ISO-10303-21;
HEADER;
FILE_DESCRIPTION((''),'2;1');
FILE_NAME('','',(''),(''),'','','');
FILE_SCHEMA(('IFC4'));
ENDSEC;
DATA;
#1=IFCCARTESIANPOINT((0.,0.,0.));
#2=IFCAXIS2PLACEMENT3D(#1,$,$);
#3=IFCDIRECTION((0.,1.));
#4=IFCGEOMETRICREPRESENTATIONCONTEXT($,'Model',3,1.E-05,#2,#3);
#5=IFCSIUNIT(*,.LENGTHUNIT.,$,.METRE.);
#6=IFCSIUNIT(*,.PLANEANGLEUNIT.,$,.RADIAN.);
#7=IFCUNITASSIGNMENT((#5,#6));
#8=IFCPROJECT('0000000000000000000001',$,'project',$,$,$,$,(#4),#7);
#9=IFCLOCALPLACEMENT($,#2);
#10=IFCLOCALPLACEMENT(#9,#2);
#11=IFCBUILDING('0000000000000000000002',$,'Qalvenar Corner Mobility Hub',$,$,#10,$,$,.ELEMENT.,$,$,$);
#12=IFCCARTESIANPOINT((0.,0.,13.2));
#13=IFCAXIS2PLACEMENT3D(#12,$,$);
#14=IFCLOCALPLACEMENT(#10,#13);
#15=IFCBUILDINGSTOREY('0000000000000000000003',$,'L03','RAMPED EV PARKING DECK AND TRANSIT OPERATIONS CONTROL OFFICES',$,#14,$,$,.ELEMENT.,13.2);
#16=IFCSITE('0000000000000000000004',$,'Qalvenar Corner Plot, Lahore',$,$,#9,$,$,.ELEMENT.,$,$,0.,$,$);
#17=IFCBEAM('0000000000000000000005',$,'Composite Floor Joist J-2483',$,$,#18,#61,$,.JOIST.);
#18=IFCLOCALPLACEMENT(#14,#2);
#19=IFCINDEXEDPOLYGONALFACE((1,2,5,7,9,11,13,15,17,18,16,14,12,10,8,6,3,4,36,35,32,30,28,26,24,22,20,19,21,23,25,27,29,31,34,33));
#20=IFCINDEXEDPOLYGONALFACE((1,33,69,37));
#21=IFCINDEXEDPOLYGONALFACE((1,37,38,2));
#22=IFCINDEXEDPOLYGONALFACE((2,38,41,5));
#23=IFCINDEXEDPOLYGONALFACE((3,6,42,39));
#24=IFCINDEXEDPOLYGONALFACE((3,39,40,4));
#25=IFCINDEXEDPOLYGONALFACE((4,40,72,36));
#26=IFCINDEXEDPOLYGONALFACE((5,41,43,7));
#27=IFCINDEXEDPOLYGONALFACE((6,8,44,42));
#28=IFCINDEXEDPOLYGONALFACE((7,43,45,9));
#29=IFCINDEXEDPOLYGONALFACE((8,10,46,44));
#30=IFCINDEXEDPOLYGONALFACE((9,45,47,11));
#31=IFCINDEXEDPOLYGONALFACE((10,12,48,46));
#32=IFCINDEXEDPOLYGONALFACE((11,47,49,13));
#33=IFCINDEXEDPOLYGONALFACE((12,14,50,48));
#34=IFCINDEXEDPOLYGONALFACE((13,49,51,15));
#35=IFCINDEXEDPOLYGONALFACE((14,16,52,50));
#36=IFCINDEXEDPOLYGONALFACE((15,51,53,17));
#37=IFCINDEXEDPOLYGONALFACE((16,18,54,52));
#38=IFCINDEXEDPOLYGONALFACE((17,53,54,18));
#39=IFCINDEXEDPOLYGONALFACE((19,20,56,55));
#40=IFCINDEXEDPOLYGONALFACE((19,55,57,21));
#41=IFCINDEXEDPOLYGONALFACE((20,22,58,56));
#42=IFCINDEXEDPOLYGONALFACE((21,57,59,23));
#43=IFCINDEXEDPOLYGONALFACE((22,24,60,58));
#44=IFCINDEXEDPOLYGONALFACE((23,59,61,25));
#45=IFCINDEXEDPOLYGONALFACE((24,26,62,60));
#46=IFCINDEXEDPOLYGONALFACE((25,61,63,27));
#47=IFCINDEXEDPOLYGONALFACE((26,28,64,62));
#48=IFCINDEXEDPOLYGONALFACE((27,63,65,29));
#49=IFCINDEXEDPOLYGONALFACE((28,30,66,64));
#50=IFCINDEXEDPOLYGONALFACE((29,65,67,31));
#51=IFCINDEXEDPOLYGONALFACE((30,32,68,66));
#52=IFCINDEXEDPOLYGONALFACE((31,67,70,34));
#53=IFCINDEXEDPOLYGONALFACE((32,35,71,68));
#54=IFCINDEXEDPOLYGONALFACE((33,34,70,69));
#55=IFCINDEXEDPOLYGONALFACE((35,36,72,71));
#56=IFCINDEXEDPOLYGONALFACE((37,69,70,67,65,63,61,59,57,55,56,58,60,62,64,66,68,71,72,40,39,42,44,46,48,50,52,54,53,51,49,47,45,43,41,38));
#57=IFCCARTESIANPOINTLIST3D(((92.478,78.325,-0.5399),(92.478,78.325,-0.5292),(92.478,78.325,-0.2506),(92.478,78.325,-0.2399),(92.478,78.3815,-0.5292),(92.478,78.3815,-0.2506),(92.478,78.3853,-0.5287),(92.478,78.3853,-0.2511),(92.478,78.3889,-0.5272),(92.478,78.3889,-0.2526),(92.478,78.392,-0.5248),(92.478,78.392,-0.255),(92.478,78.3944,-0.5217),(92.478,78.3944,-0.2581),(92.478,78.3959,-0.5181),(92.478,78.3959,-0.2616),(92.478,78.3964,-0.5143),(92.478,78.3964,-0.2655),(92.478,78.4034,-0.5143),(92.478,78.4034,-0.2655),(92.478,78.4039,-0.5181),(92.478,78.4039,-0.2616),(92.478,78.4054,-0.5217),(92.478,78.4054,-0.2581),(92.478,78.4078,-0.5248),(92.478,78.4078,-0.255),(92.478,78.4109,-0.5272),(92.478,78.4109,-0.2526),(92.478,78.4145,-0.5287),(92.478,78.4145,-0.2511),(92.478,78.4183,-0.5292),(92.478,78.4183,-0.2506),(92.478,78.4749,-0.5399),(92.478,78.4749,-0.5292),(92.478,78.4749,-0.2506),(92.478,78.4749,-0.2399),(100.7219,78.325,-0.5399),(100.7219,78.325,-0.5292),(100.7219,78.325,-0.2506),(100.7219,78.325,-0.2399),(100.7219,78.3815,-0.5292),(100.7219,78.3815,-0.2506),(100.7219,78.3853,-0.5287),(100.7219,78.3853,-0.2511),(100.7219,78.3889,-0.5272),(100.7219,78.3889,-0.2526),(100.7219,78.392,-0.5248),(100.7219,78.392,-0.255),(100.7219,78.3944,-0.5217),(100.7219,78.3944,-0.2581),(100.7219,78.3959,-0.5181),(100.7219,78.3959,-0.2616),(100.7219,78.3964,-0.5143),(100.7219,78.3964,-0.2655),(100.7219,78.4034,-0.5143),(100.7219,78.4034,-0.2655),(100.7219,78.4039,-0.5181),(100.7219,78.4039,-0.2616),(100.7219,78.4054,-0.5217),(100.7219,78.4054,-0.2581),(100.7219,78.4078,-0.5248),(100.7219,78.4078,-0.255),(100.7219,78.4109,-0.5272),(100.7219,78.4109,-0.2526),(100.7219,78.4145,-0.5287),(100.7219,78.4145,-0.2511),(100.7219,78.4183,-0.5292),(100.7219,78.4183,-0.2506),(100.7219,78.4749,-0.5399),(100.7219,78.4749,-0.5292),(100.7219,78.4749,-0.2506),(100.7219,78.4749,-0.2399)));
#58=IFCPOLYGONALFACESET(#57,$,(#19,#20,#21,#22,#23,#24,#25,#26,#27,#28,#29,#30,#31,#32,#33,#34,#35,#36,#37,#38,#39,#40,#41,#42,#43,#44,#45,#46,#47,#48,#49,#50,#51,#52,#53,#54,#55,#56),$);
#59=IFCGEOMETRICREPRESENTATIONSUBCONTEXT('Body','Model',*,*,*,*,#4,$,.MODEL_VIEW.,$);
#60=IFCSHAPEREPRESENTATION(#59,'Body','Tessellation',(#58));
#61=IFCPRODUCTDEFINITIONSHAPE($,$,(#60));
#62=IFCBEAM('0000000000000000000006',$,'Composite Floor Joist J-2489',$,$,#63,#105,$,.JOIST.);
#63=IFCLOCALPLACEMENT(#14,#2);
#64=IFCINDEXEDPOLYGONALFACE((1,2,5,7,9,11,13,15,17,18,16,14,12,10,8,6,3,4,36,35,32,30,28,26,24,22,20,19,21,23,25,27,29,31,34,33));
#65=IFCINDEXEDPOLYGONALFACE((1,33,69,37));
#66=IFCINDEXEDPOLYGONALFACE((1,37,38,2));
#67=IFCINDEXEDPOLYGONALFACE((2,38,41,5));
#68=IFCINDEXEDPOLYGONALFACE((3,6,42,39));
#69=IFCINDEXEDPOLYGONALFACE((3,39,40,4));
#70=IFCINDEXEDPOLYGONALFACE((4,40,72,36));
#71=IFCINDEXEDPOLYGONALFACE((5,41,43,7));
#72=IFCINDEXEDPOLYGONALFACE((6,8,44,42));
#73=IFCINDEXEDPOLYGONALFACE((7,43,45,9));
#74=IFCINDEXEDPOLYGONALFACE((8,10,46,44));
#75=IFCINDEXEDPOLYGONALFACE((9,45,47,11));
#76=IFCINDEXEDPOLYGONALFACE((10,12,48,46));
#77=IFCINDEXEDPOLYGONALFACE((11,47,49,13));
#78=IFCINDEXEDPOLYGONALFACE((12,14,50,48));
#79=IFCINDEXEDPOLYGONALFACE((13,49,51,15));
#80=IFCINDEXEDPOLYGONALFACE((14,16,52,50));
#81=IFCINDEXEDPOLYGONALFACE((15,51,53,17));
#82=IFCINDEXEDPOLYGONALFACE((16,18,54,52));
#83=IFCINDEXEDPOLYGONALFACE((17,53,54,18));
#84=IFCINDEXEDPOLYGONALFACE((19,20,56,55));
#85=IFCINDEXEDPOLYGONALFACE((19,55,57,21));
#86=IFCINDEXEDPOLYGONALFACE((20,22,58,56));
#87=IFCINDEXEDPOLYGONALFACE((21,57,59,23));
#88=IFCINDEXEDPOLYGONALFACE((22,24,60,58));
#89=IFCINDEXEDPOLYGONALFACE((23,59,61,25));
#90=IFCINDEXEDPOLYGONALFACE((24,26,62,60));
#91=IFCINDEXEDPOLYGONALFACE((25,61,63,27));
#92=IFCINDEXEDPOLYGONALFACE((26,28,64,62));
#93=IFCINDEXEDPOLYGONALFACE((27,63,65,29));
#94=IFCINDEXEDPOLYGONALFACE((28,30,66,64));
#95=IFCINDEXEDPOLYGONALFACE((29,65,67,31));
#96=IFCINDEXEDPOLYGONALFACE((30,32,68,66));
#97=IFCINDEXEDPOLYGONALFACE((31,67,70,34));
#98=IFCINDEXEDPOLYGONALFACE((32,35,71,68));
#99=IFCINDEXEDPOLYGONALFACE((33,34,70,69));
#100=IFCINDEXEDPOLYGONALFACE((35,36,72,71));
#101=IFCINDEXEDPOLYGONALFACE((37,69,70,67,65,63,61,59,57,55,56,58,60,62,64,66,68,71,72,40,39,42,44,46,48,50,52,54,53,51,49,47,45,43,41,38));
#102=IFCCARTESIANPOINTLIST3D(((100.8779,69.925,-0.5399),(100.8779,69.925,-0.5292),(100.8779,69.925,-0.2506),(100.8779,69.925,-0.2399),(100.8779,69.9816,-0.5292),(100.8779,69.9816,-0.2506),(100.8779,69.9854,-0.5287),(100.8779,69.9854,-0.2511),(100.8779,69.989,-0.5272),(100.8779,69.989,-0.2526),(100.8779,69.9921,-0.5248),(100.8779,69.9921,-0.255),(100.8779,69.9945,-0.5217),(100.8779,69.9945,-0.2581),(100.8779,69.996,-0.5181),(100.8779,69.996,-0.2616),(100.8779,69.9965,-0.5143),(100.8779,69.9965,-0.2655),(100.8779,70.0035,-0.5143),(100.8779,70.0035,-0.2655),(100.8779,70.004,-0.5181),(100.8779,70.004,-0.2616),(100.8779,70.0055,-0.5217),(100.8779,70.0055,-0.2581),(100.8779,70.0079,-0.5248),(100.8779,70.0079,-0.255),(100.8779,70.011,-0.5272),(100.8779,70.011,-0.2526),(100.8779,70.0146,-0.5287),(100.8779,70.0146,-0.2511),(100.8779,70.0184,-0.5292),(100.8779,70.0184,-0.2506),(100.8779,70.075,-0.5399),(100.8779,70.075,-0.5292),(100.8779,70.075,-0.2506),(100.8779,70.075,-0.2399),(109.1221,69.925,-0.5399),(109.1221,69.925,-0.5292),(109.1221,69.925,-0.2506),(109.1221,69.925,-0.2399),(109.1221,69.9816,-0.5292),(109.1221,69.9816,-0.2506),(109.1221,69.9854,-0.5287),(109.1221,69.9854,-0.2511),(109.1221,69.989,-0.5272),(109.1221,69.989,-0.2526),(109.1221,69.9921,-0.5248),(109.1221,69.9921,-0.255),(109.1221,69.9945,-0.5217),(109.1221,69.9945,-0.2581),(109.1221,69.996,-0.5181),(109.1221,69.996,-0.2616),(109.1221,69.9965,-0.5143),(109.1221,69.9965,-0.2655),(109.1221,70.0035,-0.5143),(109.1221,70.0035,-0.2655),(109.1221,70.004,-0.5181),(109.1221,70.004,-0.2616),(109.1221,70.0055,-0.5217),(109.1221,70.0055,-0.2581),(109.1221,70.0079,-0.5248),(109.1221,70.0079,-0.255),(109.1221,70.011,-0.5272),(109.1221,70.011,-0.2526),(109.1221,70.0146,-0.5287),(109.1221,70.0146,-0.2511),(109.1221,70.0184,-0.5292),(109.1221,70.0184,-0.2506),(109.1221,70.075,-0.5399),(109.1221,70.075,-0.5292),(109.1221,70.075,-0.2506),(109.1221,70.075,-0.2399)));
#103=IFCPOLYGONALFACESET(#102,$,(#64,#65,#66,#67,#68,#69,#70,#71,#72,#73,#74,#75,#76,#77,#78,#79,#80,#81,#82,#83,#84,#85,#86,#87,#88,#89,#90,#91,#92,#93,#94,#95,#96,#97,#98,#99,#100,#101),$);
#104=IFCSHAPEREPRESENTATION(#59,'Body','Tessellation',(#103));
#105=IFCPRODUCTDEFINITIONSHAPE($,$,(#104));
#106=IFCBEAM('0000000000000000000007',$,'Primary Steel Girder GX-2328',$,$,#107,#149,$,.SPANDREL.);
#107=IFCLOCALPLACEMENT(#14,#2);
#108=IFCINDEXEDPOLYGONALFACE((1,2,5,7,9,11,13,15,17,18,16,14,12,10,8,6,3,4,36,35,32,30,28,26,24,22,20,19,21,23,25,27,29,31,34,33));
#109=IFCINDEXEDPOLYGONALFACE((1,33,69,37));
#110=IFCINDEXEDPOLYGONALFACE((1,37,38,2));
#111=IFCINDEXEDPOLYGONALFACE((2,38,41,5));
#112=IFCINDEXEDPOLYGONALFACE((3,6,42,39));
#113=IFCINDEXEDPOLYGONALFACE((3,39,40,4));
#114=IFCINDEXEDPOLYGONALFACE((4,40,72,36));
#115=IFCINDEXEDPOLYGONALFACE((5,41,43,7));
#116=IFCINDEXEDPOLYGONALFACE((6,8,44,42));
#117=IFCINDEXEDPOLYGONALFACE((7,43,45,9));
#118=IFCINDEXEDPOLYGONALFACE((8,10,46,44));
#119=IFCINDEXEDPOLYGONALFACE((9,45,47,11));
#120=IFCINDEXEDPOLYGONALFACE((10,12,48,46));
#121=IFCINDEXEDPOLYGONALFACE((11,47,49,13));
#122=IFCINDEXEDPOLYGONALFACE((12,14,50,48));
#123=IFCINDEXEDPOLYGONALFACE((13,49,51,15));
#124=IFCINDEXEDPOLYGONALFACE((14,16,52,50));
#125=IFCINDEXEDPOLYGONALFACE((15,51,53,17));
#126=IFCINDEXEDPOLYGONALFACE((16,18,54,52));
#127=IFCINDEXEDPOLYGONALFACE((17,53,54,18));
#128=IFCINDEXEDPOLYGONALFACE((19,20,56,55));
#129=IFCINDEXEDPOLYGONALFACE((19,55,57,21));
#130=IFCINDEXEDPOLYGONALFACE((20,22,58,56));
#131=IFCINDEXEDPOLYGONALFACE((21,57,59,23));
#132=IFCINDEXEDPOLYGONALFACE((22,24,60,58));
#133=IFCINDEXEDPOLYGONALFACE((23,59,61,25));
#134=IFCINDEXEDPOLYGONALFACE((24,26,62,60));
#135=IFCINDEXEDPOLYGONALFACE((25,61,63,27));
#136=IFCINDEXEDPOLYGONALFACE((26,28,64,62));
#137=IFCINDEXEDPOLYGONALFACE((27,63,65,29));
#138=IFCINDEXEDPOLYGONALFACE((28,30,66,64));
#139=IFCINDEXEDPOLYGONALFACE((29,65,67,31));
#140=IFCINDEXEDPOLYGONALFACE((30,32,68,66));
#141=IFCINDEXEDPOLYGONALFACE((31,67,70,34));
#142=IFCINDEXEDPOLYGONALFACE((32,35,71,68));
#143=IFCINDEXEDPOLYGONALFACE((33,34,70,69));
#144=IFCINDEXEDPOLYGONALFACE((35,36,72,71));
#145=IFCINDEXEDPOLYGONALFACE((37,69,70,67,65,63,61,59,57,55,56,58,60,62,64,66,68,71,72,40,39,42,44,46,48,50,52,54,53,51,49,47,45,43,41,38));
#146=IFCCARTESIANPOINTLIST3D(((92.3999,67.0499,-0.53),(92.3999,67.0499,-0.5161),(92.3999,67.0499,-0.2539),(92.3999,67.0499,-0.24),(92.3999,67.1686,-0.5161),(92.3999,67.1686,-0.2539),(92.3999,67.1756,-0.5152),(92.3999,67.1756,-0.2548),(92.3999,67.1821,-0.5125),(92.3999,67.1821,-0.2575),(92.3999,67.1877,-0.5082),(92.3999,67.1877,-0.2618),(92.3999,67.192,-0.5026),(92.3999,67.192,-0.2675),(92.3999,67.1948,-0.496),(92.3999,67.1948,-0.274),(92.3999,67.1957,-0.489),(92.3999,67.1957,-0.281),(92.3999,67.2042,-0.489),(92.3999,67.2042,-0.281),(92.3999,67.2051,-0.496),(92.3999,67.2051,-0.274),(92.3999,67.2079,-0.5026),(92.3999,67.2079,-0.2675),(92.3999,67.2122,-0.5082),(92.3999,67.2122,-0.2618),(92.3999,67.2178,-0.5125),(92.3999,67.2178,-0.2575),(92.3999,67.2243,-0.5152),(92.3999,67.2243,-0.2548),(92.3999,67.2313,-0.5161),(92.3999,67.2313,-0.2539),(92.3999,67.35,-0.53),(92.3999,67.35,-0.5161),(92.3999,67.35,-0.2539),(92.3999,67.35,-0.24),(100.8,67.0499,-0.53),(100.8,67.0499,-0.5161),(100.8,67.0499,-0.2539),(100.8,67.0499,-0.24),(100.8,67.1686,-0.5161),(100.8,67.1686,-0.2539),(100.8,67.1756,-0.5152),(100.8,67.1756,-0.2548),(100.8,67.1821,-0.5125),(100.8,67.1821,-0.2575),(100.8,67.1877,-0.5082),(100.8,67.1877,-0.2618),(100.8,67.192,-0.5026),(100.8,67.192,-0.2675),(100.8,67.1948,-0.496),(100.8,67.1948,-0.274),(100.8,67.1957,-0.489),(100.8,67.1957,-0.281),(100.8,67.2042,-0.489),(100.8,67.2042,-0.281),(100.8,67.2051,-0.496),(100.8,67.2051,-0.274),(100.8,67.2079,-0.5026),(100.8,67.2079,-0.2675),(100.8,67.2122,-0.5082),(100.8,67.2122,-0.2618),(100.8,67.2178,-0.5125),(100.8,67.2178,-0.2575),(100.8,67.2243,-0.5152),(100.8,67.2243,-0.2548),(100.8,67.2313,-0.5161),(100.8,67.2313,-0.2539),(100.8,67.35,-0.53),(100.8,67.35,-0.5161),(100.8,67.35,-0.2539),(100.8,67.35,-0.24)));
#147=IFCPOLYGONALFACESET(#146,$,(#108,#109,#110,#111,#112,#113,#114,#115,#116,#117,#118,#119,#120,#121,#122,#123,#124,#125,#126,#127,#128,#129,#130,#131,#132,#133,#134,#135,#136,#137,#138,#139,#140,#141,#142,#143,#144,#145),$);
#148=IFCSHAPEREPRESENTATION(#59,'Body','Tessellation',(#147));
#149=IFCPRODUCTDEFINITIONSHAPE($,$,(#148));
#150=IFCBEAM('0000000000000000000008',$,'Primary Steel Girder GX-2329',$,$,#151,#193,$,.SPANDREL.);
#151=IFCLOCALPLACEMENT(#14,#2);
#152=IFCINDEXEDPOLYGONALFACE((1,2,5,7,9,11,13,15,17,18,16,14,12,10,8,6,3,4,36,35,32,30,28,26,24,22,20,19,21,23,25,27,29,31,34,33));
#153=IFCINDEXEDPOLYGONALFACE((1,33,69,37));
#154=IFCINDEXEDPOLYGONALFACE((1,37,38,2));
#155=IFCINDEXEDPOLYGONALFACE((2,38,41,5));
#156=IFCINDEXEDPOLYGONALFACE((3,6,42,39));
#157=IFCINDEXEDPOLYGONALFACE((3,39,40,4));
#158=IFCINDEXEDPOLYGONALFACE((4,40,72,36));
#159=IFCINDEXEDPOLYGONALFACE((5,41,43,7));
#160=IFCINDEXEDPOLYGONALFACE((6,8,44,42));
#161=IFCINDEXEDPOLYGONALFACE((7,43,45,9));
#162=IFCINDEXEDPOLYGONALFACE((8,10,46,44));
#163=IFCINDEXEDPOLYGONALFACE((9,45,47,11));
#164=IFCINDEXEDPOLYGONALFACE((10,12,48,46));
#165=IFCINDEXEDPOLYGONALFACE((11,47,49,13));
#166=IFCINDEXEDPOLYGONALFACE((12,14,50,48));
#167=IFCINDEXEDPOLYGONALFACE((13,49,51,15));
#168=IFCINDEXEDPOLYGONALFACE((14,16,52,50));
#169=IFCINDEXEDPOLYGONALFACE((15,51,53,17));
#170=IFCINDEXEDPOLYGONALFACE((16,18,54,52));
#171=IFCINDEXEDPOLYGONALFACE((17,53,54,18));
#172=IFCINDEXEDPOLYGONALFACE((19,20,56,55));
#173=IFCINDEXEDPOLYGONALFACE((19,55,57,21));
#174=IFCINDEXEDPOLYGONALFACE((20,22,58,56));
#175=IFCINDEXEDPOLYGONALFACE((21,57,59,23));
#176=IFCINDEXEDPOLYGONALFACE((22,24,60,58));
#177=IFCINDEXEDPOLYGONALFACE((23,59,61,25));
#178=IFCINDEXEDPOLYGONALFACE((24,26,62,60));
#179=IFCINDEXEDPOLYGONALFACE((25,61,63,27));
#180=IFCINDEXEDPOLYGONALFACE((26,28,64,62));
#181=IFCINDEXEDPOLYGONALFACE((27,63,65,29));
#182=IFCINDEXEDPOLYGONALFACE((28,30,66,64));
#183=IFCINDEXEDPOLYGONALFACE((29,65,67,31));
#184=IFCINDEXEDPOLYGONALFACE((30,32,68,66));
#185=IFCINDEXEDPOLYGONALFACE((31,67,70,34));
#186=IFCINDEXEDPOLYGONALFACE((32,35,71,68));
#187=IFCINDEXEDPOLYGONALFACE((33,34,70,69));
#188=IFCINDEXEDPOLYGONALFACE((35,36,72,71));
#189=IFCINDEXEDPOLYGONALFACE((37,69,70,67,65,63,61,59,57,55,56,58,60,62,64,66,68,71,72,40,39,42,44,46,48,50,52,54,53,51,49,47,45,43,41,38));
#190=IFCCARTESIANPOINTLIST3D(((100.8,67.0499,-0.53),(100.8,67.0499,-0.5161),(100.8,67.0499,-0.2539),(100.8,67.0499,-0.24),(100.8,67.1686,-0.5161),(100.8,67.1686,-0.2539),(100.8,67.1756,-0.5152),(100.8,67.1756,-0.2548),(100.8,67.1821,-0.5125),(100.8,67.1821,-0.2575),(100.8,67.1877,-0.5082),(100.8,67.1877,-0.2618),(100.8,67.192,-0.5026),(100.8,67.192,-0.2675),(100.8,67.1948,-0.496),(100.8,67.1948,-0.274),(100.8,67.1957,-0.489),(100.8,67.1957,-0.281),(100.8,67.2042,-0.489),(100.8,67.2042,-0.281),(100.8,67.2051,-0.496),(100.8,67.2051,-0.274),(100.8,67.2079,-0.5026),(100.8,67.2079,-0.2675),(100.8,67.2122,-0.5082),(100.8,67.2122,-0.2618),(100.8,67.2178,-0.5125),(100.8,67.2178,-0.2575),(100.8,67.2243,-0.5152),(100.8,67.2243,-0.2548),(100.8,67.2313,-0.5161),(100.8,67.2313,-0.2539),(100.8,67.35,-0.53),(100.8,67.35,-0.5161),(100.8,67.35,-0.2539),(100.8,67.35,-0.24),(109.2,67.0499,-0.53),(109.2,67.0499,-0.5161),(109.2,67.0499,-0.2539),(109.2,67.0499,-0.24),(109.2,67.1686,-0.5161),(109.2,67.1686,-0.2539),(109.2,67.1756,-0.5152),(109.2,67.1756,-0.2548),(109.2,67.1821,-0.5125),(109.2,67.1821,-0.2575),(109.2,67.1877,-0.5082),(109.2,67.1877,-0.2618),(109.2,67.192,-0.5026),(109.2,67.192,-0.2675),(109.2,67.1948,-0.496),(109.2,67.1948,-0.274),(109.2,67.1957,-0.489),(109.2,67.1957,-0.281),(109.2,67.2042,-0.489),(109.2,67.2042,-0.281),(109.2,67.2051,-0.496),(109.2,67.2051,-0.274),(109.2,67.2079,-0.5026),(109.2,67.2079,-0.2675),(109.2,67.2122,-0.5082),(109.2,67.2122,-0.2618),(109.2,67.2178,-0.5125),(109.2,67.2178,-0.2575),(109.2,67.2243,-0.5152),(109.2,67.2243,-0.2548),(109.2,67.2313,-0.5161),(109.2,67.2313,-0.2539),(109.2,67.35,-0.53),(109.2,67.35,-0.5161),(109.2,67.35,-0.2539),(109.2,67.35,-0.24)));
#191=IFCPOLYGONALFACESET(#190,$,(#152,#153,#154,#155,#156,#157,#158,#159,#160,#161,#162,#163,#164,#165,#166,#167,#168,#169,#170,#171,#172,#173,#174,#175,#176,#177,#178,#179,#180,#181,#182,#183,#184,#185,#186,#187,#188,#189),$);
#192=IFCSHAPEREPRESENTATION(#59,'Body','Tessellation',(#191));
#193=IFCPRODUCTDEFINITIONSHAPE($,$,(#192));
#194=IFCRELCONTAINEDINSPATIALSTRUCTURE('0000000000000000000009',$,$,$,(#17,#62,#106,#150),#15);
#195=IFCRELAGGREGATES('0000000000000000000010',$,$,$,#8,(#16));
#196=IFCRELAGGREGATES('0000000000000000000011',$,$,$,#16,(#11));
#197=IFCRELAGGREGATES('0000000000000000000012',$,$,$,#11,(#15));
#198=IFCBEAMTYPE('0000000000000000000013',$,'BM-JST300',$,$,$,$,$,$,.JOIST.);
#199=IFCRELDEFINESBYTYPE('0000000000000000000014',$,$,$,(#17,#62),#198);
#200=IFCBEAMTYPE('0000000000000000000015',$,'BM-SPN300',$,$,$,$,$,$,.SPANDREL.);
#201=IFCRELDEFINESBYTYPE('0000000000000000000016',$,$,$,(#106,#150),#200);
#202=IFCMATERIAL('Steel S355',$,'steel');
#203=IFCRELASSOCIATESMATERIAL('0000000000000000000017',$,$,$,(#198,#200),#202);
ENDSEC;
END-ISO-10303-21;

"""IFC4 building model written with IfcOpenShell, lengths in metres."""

from ifc_helpers import new_model, si_unit, direction, frame, origin, origin_2d, place, context, subcontext, project, spatial, i_section, extrude, material, material_profile, profile_set, type_object, element, save


model = new_model("IFC4")

# Units and contexts
model_context = context("Model", 3, precision=1e-05, world=origin(), true_north=direction((0.0, 1.0)))
body_context = subcontext(model_context, "Body", "Model", "MODEL_VIEW")
ifc_project = project(units=[si_unit("LENGTHUNIT", "METRE"), si_unit("PLANEANGLEUNIT", "RADIAN")], contexts=[model_context])

# Site, building, storey
site_placement = place(None, origin())
site = spatial("IfcSite", under=ifc_project, at=site_placement, Name="Qalvenar Corner Plot, Lahore", CompositionType="ELEMENT", RefElevation=0.0)
building_placement = place(site_placement, origin())
building = spatial("IfcBuilding", under=site, at=building_placement, Name="Qalvenar Corner Mobility Hub", CompositionType="ELEMENT")
storey_placement = place(building_placement, frame((0.0, 0.0, 13.2)))
storey = spatial("IfcBuildingStorey", under=building, at=storey_placement, Name="L03", Description="RAMPED EV PARKING DECK AND TRANSIT OPERATIONS CONTROL OFFICES", CompositionType="ELEMENT", Elevation=13.2)

# Shared definitions
ifc_material = material(Name="Steel S355", Category="steel")

# Beams
ifc_material_profile_1 = material_profile(ifc_material, i_section(OverallWidth=0.1499, OverallDepth=0.3, WebThickness=0.0071, FlangeThickness=0.0107, FilletRadius=0.0149, at=origin_2d()), Name="IPE300")
ifc_profile_set_1 = profile_set([ifc_material_profile_1], Name="Steel S355")
beam_type_1 = type_object("IfcBeamType", Name="BM-JST300", PredefinedType="JOIST", material=ifc_profile_set_1)
for number, where, z_axis, x_axis, name in (
    (1, (92.478, 78.3999, -0.3899), (1.0, 0.0, 0.0), (0.0, 1.0, 0.0), "Composite Floor Joist J-2483"),
):
    element("IfcBeam", number, at=place(storey_placement, frame(where, z_axis=z_axis, x_axis=x_axis)), inside=storey, type_object=beam_type_1, Name=name, PredefinedType="JOIST", context=body_context, shape_type="SweptSolid", body=[
        extrude(i_section(OverallWidth=0.1499, OverallDepth=0.3, WebThickness=0.0071, FlangeThickness=0.0107, FilletRadius=0.0149, at=origin_2d()), origin(), (0.0, 0.0, 1.0), 8.2439),
    ])
beam_1_placement = place(storey_placement, frame((100.8779, 70.0, -0.3899), z_axis=(1.0, 0.0, 0.0), x_axis=(0.0, 1.0, 0.0)))
element("IfcBeam", 2, at=beam_1_placement, inside=storey, type_object=beam_type_1, Name="Composite Floor Joist J-2489", PredefinedType="JOIST", context=body_context, shape_type="SweptSolid", body=[
    extrude(i_section(OverallWidth=0.1499, OverallDepth=0.3, WebThickness=0.0071, FlangeThickness=0.0107, FilletRadius=0.0149, at=origin_2d()), origin(), (0.0, 0.0, 1.0), 8.2441),
])
ifc_material_profile_2 = material_profile(ifc_material, i_section(OverallWidth=0.3, OverallDepth=0.29, WebThickness=0.0085, FlangeThickness=0.0139, FilletRadius=0.0271, at=origin_2d()), Name="HEA300")
ifc_profile_set_2 = profile_set([ifc_material_profile_2], Name="Steel S355")
beam_type_2 = type_object("IfcBeamType", Name="BM-SPN300", PredefinedType="SPANDREL", material=ifc_profile_set_2)
beam_2_placement = place(storey_placement, frame((92.3999, 67.2, -0.385), z_axis=(1.0, 0.0, 0.0), x_axis=(0.0, 1.0, 0.0)))
element("IfcBeam", 3, at=beam_2_placement, inside=storey, type_object=beam_type_2, Name="Primary Steel Girder GX-2328", PredefinedType="SPANDREL", context=body_context, shape_type="SweptSolid", body=[
    extrude(i_section(OverallWidth=0.3, OverallDepth=0.29, WebThickness=0.0085, FlangeThickness=0.0139, FilletRadius=0.0271, at=origin_2d()), origin(), (0.0, 0.0, 1.0), 8.4001),
])
beam_3_placement = place(storey_placement, frame((100.8, 67.2, -0.385), z_axis=(1.0, 0.0, 0.0), x_axis=(0.0, 1.0, 0.0)))
element("IfcBeam", 4, at=beam_3_placement, inside=storey, type_object=beam_type_2, Name="Primary Steel Girder GX-2329", PredefinedType="SPANDREL", context=body_context, shape_type="SweptSolid", body=[
    extrude(i_section(OverallWidth=0.3, OverallDepth=0.29, WebThickness=0.0085, FlangeThickness=0.0139, FilletRadius=0.0271, at=origin_2d()), origin(), (0.0, 0.0, 1.0), 8.3999),
])

save(model, "model.ifc")
